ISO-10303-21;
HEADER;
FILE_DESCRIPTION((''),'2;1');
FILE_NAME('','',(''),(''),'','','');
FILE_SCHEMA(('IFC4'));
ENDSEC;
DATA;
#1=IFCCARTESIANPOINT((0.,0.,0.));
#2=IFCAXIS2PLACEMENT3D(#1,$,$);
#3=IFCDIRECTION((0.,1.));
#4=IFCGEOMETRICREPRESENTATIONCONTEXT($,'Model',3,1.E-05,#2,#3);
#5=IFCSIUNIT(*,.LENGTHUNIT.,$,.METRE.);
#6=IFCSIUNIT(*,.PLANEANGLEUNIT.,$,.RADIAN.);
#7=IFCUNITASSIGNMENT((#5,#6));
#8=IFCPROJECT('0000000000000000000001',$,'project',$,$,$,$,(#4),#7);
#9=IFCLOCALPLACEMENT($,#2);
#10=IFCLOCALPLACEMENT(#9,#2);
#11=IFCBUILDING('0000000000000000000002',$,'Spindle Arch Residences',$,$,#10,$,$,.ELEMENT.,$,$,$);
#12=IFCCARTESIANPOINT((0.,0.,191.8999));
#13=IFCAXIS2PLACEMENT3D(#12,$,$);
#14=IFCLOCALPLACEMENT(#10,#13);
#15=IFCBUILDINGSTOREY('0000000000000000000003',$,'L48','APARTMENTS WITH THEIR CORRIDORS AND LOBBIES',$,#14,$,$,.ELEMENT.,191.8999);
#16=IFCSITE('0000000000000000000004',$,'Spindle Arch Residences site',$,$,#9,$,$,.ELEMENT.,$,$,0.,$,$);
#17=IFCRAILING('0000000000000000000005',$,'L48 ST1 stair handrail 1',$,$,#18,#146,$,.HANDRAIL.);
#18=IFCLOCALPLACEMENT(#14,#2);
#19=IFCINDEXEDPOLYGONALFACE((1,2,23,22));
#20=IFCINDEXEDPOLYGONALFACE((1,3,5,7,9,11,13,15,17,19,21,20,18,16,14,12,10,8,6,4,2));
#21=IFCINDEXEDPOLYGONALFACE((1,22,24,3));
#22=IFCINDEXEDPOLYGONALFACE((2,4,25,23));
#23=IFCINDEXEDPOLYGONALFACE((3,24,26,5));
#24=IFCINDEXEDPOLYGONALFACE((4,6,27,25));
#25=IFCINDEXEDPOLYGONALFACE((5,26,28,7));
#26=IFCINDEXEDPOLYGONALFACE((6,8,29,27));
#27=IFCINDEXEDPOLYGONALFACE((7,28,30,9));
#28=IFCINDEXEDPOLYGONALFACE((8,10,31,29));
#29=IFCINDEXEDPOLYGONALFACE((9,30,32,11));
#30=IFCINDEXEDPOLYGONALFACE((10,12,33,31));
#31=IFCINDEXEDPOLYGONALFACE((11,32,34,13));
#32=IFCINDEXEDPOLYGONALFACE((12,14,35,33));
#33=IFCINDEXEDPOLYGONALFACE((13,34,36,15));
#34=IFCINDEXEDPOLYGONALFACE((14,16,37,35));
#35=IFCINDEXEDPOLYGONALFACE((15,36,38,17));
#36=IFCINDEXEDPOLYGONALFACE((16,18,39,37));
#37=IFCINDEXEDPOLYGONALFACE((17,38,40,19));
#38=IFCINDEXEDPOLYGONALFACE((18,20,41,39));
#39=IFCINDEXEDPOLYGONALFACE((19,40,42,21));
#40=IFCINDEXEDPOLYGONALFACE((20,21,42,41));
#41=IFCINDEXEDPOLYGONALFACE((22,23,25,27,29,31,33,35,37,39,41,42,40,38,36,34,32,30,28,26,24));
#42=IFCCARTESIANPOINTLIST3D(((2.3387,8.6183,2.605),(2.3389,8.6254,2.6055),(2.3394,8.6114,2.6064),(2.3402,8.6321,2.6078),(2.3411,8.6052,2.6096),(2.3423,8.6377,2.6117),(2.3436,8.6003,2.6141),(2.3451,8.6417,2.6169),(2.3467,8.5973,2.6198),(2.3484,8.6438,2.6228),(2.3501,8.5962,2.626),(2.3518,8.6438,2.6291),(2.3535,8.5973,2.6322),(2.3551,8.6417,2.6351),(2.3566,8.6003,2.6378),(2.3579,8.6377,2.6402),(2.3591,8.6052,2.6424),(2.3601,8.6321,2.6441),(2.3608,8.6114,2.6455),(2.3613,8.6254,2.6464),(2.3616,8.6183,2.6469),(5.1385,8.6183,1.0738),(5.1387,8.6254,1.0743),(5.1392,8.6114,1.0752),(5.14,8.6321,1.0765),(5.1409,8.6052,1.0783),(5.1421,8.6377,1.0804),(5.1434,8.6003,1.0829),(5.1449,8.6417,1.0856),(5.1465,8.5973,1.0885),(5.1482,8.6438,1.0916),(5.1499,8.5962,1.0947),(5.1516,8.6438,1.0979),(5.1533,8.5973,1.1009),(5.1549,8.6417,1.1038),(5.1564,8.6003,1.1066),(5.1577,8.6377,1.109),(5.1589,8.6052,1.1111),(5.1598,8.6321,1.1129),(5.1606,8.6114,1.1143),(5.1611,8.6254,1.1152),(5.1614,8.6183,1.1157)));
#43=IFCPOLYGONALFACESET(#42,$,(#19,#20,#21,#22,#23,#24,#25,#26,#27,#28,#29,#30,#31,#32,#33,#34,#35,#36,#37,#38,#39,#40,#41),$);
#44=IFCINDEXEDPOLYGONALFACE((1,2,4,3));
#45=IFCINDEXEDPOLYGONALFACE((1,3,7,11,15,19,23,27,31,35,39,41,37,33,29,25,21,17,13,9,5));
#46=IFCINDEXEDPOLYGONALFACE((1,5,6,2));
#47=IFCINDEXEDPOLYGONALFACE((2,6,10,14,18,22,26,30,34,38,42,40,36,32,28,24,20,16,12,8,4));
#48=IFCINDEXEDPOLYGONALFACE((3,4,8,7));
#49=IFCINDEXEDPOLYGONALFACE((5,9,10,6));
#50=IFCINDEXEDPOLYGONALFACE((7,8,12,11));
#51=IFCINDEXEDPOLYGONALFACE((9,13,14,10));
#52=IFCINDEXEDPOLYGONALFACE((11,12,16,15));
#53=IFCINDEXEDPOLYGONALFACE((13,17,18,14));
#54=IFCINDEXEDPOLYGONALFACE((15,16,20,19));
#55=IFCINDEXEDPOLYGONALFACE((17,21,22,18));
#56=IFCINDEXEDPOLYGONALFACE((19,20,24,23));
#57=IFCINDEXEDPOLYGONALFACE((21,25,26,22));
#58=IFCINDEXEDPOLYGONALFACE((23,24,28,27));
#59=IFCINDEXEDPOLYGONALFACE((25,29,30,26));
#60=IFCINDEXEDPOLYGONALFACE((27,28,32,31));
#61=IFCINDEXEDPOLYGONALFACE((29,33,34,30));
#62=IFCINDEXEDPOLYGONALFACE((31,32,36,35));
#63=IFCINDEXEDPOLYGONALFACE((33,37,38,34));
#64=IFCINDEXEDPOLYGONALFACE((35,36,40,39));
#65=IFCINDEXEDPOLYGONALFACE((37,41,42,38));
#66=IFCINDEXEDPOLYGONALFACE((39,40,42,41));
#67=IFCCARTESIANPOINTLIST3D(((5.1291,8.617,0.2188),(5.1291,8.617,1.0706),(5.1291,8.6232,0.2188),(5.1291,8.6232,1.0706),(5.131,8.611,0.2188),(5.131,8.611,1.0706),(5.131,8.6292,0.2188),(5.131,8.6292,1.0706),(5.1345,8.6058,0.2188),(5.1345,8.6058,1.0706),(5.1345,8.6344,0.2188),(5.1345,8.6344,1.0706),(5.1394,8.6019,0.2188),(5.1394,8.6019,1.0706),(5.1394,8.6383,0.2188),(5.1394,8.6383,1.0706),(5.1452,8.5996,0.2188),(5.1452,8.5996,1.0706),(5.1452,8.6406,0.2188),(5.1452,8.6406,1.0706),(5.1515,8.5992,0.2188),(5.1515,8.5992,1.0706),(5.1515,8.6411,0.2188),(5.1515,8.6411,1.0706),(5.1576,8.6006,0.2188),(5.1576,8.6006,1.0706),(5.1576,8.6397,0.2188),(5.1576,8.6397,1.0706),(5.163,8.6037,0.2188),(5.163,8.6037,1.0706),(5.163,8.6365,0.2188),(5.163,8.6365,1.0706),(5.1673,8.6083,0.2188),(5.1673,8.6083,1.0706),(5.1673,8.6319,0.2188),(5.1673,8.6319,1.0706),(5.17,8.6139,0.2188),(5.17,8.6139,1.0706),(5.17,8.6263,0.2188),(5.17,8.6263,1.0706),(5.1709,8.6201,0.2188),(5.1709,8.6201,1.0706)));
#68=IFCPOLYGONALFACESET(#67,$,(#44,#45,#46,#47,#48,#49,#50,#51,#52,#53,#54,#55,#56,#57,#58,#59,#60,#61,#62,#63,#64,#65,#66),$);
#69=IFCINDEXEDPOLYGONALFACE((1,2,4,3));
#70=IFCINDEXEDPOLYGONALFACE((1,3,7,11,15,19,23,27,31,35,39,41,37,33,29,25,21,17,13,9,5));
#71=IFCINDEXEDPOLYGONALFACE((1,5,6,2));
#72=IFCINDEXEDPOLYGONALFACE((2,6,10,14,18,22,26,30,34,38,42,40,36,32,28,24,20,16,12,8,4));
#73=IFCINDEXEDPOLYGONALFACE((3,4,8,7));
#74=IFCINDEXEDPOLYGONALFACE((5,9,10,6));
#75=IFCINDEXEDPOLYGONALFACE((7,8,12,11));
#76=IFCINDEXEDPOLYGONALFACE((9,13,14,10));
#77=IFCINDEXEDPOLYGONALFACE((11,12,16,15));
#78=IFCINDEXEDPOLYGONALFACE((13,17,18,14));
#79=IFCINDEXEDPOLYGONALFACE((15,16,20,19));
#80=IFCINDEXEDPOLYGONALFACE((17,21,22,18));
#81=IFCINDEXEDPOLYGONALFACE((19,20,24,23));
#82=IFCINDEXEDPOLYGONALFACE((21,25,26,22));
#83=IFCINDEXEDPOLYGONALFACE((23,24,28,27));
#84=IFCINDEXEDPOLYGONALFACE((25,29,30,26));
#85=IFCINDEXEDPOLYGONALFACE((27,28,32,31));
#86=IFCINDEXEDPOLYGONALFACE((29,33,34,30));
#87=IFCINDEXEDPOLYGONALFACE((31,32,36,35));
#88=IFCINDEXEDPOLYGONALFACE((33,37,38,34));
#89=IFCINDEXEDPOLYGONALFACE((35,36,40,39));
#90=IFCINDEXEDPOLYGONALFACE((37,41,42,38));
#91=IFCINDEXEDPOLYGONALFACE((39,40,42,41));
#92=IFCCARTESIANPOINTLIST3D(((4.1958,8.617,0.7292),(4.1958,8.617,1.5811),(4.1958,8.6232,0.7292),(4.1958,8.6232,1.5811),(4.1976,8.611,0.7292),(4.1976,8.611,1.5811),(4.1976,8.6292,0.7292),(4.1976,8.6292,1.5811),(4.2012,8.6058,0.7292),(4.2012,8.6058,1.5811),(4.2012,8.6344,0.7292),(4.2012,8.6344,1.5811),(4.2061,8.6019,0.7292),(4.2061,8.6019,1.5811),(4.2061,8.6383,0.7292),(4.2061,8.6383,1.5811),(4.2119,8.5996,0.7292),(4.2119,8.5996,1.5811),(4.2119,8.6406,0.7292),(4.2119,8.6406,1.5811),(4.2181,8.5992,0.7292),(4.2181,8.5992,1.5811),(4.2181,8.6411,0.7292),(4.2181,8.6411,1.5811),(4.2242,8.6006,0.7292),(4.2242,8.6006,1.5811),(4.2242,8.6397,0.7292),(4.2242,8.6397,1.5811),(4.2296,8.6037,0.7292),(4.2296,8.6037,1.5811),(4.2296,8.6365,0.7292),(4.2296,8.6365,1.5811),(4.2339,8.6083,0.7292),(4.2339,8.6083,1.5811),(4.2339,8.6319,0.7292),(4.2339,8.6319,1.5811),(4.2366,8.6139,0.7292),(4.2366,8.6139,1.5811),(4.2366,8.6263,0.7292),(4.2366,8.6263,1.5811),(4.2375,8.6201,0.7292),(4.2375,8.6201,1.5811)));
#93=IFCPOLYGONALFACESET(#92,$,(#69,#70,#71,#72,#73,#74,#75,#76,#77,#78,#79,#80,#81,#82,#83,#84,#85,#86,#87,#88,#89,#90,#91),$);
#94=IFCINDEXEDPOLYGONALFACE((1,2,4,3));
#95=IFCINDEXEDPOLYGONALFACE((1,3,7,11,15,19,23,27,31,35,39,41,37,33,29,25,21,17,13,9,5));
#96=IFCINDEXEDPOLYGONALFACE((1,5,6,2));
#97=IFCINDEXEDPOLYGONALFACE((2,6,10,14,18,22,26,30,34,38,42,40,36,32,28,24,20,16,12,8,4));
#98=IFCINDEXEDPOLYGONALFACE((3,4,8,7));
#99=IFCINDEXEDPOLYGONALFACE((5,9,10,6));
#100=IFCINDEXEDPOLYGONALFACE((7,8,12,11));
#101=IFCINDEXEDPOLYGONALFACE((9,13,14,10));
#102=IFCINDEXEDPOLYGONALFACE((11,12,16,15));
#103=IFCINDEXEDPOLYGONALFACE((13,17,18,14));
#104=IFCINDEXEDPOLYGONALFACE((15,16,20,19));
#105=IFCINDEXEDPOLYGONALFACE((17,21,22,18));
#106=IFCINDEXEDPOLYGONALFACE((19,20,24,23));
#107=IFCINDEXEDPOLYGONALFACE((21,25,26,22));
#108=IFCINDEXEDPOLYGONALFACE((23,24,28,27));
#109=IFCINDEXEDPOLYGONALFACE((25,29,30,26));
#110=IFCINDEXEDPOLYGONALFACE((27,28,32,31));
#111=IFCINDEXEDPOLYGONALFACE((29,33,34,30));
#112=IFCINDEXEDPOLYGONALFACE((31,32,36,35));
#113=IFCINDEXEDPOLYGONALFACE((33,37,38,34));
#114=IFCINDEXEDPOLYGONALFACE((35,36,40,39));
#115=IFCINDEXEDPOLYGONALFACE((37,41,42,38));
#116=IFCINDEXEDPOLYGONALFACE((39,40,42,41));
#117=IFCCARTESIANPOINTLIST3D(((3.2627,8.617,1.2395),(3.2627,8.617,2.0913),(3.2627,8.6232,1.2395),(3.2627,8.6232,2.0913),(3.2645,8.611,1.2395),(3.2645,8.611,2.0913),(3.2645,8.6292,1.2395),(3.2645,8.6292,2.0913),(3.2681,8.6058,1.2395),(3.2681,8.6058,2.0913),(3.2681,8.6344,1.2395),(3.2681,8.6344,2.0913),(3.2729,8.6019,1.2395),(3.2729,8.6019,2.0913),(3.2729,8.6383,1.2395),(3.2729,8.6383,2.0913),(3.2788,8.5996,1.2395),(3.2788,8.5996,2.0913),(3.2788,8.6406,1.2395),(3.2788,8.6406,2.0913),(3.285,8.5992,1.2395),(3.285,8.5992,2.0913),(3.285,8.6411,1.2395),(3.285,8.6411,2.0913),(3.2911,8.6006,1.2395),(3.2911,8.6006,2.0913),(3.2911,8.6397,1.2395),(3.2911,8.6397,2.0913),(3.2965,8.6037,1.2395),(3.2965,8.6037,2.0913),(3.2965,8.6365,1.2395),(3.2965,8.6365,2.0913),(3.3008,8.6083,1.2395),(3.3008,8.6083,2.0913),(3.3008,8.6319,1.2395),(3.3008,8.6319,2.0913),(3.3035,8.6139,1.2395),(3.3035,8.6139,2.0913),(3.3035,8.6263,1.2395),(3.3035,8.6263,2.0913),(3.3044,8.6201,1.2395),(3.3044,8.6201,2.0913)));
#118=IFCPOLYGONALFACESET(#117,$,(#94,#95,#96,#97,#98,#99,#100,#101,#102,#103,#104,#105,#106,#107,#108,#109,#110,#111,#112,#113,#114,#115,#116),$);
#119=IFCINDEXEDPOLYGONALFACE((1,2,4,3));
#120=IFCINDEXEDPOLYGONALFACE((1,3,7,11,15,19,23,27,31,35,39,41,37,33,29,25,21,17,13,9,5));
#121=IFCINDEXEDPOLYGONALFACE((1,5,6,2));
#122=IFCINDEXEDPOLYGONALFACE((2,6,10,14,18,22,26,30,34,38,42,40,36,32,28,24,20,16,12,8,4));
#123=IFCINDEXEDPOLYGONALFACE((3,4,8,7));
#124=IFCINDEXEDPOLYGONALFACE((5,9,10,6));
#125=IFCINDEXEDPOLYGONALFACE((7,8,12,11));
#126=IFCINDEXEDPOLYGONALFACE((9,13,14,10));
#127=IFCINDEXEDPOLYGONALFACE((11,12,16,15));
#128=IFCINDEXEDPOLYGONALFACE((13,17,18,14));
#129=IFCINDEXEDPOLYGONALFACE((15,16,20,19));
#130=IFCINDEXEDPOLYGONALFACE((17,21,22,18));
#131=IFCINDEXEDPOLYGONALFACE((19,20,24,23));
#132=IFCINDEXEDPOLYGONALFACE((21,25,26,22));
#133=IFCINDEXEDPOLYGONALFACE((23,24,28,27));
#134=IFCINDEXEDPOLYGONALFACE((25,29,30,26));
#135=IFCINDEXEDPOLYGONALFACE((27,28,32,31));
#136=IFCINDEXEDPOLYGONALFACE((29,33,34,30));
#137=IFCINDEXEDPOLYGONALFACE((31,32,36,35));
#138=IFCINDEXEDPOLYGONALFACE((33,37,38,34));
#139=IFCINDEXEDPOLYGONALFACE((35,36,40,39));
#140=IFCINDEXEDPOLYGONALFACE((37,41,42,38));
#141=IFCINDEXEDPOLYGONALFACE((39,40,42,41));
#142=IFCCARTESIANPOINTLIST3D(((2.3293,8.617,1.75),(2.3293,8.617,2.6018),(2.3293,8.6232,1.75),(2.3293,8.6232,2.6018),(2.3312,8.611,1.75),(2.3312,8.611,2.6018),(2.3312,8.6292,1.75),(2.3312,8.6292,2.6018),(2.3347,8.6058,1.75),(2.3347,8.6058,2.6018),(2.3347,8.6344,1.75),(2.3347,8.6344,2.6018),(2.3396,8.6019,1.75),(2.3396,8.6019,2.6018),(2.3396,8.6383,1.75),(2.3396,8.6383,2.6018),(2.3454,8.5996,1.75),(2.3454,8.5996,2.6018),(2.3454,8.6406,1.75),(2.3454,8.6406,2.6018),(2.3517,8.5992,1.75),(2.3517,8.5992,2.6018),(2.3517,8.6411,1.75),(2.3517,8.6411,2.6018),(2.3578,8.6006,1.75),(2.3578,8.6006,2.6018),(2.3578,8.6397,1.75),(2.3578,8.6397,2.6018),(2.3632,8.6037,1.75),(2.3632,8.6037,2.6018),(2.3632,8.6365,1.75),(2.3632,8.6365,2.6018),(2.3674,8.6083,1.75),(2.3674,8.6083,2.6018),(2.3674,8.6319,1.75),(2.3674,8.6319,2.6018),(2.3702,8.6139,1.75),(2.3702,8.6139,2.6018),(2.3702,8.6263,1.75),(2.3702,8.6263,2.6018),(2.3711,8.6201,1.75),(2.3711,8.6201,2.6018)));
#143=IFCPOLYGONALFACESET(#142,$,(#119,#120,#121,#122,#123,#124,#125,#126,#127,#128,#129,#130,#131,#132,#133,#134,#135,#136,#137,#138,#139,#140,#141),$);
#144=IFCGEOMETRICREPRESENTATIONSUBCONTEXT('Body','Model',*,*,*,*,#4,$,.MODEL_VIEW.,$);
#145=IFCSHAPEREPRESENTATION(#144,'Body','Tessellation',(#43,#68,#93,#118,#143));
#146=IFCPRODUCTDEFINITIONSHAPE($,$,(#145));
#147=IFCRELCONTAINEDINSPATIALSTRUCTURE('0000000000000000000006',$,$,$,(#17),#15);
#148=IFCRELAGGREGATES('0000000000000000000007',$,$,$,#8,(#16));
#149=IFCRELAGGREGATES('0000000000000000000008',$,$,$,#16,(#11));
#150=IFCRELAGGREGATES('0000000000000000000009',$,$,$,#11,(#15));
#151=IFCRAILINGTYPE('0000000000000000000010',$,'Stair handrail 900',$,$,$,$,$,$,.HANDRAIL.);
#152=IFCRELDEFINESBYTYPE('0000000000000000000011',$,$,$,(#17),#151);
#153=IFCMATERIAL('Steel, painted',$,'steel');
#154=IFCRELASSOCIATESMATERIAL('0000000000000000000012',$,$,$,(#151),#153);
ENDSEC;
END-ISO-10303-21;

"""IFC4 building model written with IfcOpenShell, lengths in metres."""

from ifc_helpers import new_model, si_unit, direction, frame, origin, origin_2d, place, context, subcontext, project, spatial, circle, extrude, material, type_object, element, save


model = new_model("IFC4")

# Units and contexts
model_context = context("Model", 3, precision=1e-05, world=origin(), true_north=direction((0.0, 1.0)))
body_context = subcontext(model_context, "Body", "Model", "MODEL_VIEW")
ifc_project = project(units=[si_unit("LENGTHUNIT", "METRE"), si_unit("PLANEANGLEUNIT", "RADIAN")], contexts=[model_context])

# Site, building, storey
site_placement = place(None, origin())
site = spatial("IfcSite", under=ifc_project, at=site_placement, Name="Spindle Arch Residences site", CompositionType="ELEMENT", RefElevation=0.0)
building_placement = place(site_placement, origin())
building = spatial("IfcBuilding", under=site, at=building_placement, Name="Spindle Arch Residences", CompositionType="ELEMENT")
storey_placement = place(building_placement, frame((0.0, 0.0, 191.8999)))
storey = spatial("IfcBuildingStorey", under=building, at=storey_placement, Name="L48", Description="APARTMENTS WITH THEIR CORRIDORS AND LOBBIES", CompositionType="ELEMENT", Elevation=191.8999)

# Railing
ifc_material_1 = material(Name="Steel, painted", Category="steel")
railing_type_1 = type_object("IfcRailingType", Name="Stair handrail 900", PredefinedType="HANDRAIL", material=ifc_material_1)
railing_1_placement = place(storey_placement, frame((5.1499, 8.6201, 0.2188)))
element("IfcRailing", 1, at=railing_1_placement, inside=storey, type_object=railing_type_1, Name="L48 ST1 stair handrail 1", PredefinedType="HANDRAIL", context=body_context, shape_type="SweptSolid", body=[
    extrude(circle(Radius=0.0239, at=origin_2d()), frame((0.0, 0.0, 0.876), z_axis=(-0.877357, 0.0, 0.479838), x_axis=(0.0, -1.0, 0.0)), (0.0, 0.0, 1.0), 3.1912),
    extrude(circle(Radius=0.021, at=origin_2d()), origin(), (0.0, 0.0, 1.0), 0.8518),
    extrude(circle(Radius=0.021, at=origin_2d()), frame((-0.9333, 0.0, 0.5105)), (0.0, 0.0, 1.0), 0.8518),
    extrude(circle(Radius=0.021, at=origin_2d()), frame((-1.8665, 0.0, 1.0208)), (0.0, 0.0, 1.0), 0.8518),
    extrude(circle(Radius=0.021, at=origin_2d()), frame((-2.7998, 0.0, 1.5312)), (0.0, 0.0, 1.0), 0.8518),
])

save(model, "model.ifc")
